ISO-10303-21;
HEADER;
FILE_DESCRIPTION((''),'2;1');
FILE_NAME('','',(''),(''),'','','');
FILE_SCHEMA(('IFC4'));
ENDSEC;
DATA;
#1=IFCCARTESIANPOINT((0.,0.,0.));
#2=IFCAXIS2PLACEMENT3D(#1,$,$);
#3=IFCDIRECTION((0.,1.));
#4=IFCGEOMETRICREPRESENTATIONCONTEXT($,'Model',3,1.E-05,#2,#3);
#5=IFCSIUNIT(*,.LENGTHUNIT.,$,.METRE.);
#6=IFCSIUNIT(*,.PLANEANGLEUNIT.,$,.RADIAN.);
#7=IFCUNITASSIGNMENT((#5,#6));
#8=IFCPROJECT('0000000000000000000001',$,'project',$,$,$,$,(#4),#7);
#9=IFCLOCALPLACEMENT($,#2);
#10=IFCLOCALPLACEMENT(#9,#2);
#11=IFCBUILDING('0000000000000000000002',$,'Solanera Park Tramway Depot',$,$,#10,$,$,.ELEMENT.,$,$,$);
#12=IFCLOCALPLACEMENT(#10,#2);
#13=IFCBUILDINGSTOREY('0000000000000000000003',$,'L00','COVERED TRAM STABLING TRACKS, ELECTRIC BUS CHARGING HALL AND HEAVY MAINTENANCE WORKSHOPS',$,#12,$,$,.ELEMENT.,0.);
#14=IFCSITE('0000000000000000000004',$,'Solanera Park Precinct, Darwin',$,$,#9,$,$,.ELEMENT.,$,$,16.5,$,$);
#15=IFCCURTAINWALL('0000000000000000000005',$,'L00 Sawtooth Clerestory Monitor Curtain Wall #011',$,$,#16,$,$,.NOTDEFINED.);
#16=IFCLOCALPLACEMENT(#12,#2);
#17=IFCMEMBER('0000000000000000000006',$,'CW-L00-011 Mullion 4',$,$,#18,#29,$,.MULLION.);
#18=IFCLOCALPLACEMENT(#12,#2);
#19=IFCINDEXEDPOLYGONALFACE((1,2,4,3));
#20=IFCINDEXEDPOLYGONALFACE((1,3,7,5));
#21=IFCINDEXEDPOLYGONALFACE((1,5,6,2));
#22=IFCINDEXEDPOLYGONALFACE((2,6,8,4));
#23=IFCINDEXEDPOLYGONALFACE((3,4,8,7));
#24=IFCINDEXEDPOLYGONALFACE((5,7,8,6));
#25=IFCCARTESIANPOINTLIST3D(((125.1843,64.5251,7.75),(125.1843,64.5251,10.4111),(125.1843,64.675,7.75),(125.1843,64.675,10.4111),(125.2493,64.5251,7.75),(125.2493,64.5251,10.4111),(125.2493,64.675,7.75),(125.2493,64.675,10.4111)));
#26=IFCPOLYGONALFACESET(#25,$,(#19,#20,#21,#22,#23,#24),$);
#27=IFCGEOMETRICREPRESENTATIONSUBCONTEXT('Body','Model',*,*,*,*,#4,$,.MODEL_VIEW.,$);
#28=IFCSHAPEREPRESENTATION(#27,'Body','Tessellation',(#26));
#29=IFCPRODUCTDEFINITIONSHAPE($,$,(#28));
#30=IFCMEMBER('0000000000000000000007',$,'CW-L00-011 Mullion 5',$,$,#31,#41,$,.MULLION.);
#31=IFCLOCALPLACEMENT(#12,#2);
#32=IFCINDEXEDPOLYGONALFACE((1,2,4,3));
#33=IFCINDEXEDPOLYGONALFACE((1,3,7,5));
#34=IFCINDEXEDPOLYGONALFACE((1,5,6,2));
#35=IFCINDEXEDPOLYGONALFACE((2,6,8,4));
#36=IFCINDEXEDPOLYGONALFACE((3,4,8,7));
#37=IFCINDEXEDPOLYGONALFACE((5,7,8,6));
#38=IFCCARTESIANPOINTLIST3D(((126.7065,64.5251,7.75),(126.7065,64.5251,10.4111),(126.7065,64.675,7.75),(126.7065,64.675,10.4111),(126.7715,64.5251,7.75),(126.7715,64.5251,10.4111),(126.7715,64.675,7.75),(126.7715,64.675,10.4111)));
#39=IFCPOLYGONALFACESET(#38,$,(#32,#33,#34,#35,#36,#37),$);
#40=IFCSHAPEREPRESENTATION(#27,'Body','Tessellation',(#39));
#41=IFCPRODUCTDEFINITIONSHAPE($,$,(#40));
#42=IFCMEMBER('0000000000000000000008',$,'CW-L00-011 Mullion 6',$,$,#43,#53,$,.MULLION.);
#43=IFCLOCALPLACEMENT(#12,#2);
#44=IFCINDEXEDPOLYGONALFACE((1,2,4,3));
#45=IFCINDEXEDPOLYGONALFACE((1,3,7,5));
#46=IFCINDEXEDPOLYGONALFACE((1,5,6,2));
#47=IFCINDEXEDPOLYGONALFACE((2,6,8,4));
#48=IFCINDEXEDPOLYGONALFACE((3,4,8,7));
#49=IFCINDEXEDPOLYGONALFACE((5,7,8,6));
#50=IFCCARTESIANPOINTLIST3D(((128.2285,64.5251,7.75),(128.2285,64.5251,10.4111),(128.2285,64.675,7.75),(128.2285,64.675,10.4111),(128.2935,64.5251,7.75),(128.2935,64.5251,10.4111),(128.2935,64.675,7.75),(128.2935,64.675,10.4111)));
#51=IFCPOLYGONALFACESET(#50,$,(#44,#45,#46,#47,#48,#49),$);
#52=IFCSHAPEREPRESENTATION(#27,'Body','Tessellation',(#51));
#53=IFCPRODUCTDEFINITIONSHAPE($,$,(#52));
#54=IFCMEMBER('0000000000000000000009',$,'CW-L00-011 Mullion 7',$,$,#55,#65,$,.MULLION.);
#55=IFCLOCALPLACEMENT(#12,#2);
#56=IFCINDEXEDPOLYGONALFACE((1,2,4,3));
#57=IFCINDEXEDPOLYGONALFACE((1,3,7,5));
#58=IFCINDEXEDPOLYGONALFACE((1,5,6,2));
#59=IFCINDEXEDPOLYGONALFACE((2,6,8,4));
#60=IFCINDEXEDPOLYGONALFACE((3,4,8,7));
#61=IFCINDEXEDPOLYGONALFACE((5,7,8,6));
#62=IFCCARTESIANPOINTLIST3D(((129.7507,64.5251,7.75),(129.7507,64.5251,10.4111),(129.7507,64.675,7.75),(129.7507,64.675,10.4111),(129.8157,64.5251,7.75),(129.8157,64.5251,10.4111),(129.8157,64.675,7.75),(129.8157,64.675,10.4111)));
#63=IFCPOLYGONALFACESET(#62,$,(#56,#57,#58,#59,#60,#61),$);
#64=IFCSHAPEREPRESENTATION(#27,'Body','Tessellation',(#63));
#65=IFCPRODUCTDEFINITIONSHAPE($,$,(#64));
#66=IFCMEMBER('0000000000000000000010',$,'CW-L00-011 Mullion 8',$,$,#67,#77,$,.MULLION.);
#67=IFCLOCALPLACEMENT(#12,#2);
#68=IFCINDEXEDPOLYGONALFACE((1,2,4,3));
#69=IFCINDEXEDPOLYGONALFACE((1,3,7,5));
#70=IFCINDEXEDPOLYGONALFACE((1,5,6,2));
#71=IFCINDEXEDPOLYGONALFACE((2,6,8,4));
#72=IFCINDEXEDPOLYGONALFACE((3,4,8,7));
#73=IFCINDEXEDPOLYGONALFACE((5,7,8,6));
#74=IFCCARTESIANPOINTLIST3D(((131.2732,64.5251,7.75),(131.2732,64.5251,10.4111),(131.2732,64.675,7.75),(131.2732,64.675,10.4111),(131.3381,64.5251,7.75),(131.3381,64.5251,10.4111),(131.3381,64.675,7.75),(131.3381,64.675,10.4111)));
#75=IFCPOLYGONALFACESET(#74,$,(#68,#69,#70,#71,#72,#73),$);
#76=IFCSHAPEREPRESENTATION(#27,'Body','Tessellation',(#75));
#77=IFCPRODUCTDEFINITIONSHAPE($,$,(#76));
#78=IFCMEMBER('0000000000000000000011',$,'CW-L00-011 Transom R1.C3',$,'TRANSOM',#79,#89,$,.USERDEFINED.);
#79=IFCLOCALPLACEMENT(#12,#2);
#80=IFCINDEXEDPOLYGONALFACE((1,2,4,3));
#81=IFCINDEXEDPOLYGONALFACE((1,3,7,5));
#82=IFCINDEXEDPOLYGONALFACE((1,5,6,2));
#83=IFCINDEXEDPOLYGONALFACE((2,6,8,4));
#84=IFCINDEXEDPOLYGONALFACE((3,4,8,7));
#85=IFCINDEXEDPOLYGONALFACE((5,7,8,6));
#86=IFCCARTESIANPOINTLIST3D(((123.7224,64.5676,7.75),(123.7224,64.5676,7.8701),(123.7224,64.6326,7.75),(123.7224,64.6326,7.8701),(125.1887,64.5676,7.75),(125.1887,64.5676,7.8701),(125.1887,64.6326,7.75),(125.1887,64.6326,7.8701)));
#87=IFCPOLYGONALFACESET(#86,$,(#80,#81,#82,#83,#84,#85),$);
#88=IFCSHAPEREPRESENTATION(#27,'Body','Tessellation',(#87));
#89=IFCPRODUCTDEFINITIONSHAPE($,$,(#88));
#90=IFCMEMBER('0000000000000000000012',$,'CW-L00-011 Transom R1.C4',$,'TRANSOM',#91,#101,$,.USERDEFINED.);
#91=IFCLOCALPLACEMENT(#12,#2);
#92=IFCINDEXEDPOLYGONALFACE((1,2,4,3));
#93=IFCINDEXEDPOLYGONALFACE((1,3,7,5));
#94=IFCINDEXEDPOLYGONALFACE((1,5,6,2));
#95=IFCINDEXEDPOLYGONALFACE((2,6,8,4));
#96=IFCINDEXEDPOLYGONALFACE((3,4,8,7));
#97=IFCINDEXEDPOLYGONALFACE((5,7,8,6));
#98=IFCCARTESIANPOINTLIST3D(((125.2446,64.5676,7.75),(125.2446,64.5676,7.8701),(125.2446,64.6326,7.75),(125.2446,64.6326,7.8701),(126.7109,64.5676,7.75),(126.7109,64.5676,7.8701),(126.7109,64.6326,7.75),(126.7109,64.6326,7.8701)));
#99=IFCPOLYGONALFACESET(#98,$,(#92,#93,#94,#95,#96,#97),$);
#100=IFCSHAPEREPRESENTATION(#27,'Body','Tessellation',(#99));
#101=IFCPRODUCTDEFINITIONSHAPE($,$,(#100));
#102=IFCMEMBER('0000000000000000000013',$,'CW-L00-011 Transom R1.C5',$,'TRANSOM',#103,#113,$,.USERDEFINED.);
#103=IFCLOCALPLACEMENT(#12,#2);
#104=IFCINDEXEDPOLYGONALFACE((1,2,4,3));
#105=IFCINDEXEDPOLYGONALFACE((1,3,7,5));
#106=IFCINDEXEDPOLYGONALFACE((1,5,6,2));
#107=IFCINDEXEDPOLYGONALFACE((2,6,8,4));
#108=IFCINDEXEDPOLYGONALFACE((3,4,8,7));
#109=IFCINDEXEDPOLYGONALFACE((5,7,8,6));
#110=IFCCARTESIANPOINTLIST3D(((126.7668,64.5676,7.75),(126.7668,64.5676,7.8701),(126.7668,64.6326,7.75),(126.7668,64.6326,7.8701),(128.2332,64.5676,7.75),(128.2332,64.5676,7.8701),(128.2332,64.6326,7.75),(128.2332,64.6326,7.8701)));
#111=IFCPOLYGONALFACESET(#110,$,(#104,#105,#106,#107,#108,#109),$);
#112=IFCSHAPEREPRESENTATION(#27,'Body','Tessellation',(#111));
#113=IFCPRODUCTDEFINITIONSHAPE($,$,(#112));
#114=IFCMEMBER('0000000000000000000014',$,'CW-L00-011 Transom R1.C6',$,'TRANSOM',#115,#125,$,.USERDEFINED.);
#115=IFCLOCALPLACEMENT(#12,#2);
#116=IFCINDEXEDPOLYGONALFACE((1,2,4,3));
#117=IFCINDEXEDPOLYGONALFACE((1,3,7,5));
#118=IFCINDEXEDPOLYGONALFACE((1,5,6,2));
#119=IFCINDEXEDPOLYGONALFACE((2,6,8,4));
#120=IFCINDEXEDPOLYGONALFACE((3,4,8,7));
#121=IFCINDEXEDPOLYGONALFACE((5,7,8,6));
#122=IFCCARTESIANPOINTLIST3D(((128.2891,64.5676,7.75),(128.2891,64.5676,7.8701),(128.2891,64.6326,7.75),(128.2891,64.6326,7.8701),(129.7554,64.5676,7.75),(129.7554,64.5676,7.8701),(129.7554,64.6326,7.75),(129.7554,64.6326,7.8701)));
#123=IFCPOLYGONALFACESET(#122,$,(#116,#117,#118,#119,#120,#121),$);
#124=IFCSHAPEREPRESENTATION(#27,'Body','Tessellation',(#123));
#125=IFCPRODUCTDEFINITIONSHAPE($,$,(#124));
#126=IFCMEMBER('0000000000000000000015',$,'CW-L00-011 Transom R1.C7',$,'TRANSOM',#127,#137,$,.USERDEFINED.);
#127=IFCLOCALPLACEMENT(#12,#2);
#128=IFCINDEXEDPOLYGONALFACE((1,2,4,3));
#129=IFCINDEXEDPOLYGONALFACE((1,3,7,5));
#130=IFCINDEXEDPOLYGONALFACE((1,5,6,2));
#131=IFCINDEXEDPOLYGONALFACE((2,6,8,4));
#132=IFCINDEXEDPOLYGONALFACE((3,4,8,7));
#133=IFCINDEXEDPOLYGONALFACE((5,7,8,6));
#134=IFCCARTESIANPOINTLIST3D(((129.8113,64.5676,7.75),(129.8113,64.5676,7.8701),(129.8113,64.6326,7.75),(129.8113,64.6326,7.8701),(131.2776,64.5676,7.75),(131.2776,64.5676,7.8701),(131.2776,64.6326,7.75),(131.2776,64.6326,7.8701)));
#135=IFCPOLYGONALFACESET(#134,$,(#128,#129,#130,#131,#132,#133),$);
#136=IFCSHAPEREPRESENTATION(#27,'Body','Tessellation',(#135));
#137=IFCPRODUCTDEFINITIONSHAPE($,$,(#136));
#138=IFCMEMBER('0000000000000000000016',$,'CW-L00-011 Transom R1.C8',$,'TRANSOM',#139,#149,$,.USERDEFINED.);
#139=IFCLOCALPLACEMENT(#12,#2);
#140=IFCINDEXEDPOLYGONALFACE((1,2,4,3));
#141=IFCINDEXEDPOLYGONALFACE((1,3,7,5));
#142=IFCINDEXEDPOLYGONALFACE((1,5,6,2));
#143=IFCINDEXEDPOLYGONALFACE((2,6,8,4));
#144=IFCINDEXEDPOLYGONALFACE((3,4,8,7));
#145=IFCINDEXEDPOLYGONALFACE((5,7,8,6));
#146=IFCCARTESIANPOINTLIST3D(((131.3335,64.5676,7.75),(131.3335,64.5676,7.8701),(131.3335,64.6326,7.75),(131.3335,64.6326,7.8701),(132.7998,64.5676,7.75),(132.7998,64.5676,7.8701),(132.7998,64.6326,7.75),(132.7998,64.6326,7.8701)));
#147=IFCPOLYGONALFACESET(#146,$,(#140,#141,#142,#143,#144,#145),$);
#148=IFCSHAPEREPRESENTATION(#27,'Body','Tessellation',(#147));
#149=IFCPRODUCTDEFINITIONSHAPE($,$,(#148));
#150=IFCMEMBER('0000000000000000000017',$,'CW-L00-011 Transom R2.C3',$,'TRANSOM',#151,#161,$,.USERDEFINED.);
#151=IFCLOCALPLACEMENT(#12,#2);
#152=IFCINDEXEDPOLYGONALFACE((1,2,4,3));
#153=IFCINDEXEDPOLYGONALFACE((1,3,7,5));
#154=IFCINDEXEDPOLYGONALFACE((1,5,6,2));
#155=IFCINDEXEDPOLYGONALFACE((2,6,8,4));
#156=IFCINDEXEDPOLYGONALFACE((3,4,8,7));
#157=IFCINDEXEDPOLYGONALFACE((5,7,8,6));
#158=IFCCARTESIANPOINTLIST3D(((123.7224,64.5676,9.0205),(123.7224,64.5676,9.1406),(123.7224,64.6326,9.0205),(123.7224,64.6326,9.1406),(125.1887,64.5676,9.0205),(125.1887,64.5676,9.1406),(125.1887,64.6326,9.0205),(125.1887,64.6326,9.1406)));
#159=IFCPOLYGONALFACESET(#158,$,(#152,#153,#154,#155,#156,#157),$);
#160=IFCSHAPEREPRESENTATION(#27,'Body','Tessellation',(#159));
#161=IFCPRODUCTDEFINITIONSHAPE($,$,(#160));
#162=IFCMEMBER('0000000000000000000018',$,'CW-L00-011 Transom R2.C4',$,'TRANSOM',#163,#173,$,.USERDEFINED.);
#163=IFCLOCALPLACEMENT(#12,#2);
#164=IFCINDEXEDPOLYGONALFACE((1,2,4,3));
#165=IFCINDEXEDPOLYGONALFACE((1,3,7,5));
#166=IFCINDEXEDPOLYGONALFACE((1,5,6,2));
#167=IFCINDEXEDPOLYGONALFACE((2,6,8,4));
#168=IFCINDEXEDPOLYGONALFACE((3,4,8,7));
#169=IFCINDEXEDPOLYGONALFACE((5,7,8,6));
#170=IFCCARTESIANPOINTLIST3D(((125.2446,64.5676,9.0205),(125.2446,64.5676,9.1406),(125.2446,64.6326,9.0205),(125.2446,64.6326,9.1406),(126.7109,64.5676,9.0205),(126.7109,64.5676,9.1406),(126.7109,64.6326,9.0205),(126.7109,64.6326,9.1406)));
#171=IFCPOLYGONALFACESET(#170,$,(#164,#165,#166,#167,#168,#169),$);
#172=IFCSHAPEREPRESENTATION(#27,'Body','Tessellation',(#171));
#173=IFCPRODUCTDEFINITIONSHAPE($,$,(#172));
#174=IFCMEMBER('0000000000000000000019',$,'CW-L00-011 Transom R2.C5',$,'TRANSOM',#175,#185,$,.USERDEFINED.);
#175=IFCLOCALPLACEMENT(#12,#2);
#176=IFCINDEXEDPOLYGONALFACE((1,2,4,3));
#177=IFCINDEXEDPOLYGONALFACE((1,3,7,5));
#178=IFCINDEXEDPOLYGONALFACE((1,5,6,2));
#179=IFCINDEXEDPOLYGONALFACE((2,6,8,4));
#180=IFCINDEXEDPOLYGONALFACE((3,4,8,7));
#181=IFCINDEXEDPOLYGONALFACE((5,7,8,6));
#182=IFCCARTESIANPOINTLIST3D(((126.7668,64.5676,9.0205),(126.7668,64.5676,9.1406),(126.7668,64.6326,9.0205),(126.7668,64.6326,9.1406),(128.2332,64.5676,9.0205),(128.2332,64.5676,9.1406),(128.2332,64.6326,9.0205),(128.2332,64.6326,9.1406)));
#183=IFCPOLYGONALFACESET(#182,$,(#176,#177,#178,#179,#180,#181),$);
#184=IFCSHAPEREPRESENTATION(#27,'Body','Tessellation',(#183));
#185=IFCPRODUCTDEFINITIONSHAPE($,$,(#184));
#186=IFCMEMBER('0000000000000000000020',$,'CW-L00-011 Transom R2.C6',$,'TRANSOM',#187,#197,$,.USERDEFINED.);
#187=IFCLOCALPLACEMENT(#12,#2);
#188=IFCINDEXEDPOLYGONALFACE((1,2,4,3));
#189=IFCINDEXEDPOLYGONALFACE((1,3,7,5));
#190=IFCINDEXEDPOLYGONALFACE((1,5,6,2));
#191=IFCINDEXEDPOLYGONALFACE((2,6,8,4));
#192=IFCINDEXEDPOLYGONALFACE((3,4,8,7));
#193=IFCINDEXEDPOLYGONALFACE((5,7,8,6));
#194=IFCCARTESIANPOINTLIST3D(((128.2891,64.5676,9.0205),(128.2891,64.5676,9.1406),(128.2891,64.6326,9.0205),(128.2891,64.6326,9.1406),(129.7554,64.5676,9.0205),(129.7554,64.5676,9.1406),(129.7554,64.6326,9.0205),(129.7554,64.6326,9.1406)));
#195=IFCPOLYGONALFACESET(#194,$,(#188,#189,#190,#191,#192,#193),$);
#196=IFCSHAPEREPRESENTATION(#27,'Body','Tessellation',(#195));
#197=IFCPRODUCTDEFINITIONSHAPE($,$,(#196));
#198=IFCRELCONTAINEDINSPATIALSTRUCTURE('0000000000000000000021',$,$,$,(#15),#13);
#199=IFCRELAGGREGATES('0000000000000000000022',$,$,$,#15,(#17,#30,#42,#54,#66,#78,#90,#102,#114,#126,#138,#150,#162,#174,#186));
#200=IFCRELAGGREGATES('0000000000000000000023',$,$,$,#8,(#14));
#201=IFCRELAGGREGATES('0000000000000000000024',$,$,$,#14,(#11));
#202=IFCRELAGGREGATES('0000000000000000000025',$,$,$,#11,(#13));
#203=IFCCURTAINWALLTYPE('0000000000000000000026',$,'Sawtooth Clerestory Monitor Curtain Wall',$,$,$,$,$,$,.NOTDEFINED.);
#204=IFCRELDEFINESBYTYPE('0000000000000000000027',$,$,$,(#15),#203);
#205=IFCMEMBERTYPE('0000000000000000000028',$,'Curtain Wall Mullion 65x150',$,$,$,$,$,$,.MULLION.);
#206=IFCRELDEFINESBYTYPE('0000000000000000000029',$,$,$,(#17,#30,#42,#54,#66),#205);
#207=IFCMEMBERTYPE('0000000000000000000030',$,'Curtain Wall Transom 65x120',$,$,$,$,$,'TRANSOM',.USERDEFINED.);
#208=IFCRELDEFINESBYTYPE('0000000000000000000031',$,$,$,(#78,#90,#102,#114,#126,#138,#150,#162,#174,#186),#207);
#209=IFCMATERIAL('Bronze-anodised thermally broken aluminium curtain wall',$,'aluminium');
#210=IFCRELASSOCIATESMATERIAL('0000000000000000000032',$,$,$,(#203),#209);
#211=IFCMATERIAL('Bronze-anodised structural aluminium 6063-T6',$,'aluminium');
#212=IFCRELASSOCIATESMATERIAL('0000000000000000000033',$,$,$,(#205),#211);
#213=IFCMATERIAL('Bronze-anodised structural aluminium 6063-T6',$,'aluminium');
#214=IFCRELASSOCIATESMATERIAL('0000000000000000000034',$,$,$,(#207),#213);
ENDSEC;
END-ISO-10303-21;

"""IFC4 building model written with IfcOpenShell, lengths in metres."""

from ifc_helpers import new_model, si_unit, direction, frame, origin, origin_2d, place, context, subcontext, project, spatial, rectangle, extrude, material, material_profile, profile_set, type_object, element, aggregate, save


model = new_model("IFC4")

# Units and contexts
model_context = context("Model", 3, precision=1e-05, world=origin(), true_north=direction((0.0, 1.0)))
body_context = subcontext(model_context, "Body", "Model", "MODEL_VIEW")
ifc_project = project(units=[si_unit("LENGTHUNIT", "METRE"), si_unit("PLANEANGLEUNIT", "RADIAN")], contexts=[model_context])

# Site, building, storey
site_placement = place(None, origin())
site = spatial("IfcSite", under=ifc_project, at=site_placement, Name="Solanera Park Precinct, Darwin", CompositionType="ELEMENT", RefElevation=16.5)
building_placement = place(site_placement, origin())
building = spatial("IfcBuilding", under=site, at=building_placement, Name="Solanera Park Tramway Depot", CompositionType="ELEMENT")
storey_placement = place(building_placement, origin())
storey = spatial("IfcBuildingStorey", under=building, at=storey_placement, Name="L00", Description="COVERED TRAM STABLING TRACKS, ELECTRIC BUS CHARGING HALL AND HEAVY MAINTENANCE WORKSHOPS", CompositionType="ELEMENT", Elevation=0.0)

# Curtain wall, members
ifc_material_1 = material(Name="Bronze-anodised thermally broken aluminium curtain wall", Category="aluminium")
curtain_wall_type = type_object("IfcCurtainWallType", Name="Sawtooth Clerestory Monitor Curtain Wall", PredefinedType="NOTDEFINED", material=ifc_material_1)
curtain_wall_placement = place(storey_placement, origin())
curtain_wall = element("IfcCurtainWall", 1, at=curtain_wall_placement, inside=storey, type_object=curtain_wall_type, Name="L00 Sawtooth Clerestory Monitor Curtain Wall #011", PredefinedType="NOTDEFINED")
ifc_material_2 = material(Name="Bronze-anodised structural aluminium 6063-T6", Category="aluminium")
ifc_material_profile_1 = material_profile(ifc_material_2, rectangle(XDim=0.0649, YDim=0.1499, at=origin_2d()), Name="Curtain Wall Mullion 65x150")
ifc_profile_set_1 = profile_set([ifc_material_profile_1], Name="Bronze-anodised structural aluminium 6063-T6")
member_type_1 = type_object("IfcMemberType", Name="Curtain Wall Mullion 65x150", PredefinedType="MULLION", material=ifc_profile_set_1)
member_1_placement = place(storey_placement, frame((125.2168, 64.6001, 7.75), z_axis=(0.0, 0.0, 1.0), x_axis=(1.0, 0.0, 0.0)))
member_1 = element("IfcMember", 2, at=member_1_placement, type_object=member_type_1, Name="CW-L00-011 Mullion 4", PredefinedType="MULLION", context=body_context, shape_type="SweptSolid", body=[
    extrude(rectangle(XDim=0.0649, YDim=0.1499, at=origin_2d()), origin(), (0.0, 0.0, 1.0), 2.6611),
])
member_2_placement = place(storey_placement, frame((126.739, 64.6001, 7.75), z_axis=(0.0, 0.0, 1.0), x_axis=(1.0, 0.0, 0.0)))
member_2 = element("IfcMember", 3, at=member_2_placement, type_object=member_type_1, Name="CW-L00-011 Mullion 5", PredefinedType="MULLION", context=body_context, shape_type="SweptSolid", body=[
    extrude(rectangle(XDim=0.0649, YDim=0.1499, at=origin_2d()), origin(), (0.0, 0.0, 1.0), 2.6611),
])
member_3_placement = place(storey_placement, frame((128.261, 64.6001, 7.75), z_axis=(0.0, 0.0, 1.0), x_axis=(1.0, 0.0, 0.0)))
member_3 = element("IfcMember", 4, at=member_3_placement, type_object=member_type_1, Name="CW-L00-011 Mullion 6", PredefinedType="MULLION", context=body_context, shape_type="SweptSolid", body=[
    extrude(rectangle(XDim=0.0649, YDim=0.1499, at=origin_2d()), origin(), (0.0, 0.0, 1.0), 2.6611),
])
member_4_placement = place(storey_placement, frame((129.7832, 64.6001, 7.75), z_axis=(0.0, 0.0, 1.0), x_axis=(1.0, 0.0, 0.0)))
member_4 = element("IfcMember", 5, at=member_4_placement, type_object=member_type_1, Name="CW-L00-011 Mullion 7", PredefinedType="MULLION", context=body_context, shape_type="SweptSolid", body=[
    extrude(rectangle(XDim=0.0649, YDim=0.1499, at=origin_2d()), origin(), (0.0, 0.0, 1.0), 2.6611),
])
member_5_placement = place(storey_placement, frame((131.3057, 64.6001, 7.75), z_axis=(0.0, 0.0, 1.0), x_axis=(1.0, 0.0, 0.0)))
member_5 = element("IfcMember", 6, at=member_5_placement, type_object=member_type_1, Name="CW-L00-011 Mullion 8", PredefinedType="MULLION", context=body_context, shape_type="SweptSolid", body=[
    extrude(rectangle(XDim=0.0649, YDim=0.1499, at=origin_2d()), origin(), (0.0, 0.0, 1.0), 2.6611),
])
ifc_material_3 = material(Name="Bronze-anodised structural aluminium 6063-T6", Category="aluminium")
ifc_material_profile_2 = material_profile(ifc_material_3, rectangle(XDim=0.0649, YDim=0.1201, at=origin_2d()), Name="Curtain Wall Transom 65x120")
ifc_profile_set_2 = profile_set([ifc_material_profile_2], Name="Bronze-anodised structural aluminium 6063-T6")
member_type_2 = type_object("IfcMemberType", Name="Curtain Wall Transom 65x120", ElementType="TRANSOM", PredefinedType="USERDEFINED", material=ifc_profile_set_2)
member_6_placement = place(storey_placement, frame((123.7224, 64.6001, 7.8101), z_axis=(1.0, 0.0, 0.0), x_axis=(0.0, 1.0, 0.0)))
member_6 = element("IfcMember", 7, at=member_6_placement, type_object=member_type_2, Name="CW-L00-011 Transom R1.C3", ObjectType="TRANSOM", PredefinedType="USERDEFINED", context=body_context, shape_type="SweptSolid", body=[
    extrude(rectangle(XDim=0.0649, YDim=0.1201, at=origin_2d()), origin(), (0.0, 0.0, 1.0), 1.4663),
])
member_7_placement = place(storey_placement, frame((125.2446, 64.6001, 7.8101), z_axis=(1.0, 0.0, 0.0), x_axis=(0.0, 1.0, 0.0)))
member_7 = element("IfcMember", 8, at=member_7_placement, type_object=member_type_2, Name="CW-L00-011 Transom R1.C4", ObjectType="TRANSOM", PredefinedType="USERDEFINED", context=body_context, shape_type="SweptSolid", body=[
    extrude(rectangle(XDim=0.0649, YDim=0.1201, at=origin_2d()), origin(), (0.0, 0.0, 1.0), 1.4663),
])
member_8_placement = place(storey_placement, frame((126.7668, 64.6001, 7.8101), z_axis=(1.0, 0.0, 0.0), x_axis=(0.0, 1.0, 0.0)))
member_8 = element("IfcMember", 9, at=member_8_placement, type_object=member_type_2, Name="CW-L00-011 Transom R1.C5", ObjectType="TRANSOM", PredefinedType="USERDEFINED", context=body_context, shape_type="SweptSolid", body=[
    extrude(rectangle(XDim=0.0649, YDim=0.1201, at=origin_2d()), origin(), (0.0, 0.0, 1.0), 1.4663),
])
member_9_placement = place(storey_placement, frame((128.2891, 64.6001, 7.8101), z_axis=(1.0, 0.0, 0.0), x_axis=(0.0, 1.0, 0.0)))
member_9 = element("IfcMember", 10, at=member_9_placement, type_object=member_type_2, Name="CW-L00-011 Transom R1.C6", ObjectType="TRANSOM", PredefinedType="USERDEFINED", context=body_context, shape_type="SweptSolid", body=[
    extrude(rectangle(XDim=0.0649, YDim=0.1201, at=origin_2d()), origin(), (0.0, 0.0, 1.0), 1.4663),
])
member_10_placement = place(storey_placement, frame((129.8113, 64.6001, 7.8101), z_axis=(1.0, 0.0, 0.0), x_axis=(0.0, 1.0, 0.0)))
member_10 = element("IfcMember", 11, at=member_10_placement, type_object=member_type_2, Name="CW-L00-011 Transom R1.C7", ObjectType="TRANSOM", PredefinedType="USERDEFINED", context=body_context, shape_type="SweptSolid", body=[
    extrude(rectangle(XDim=0.0649, YDim=0.1201, at=origin_2d()), origin(), (0.0, 0.0, 1.0), 1.4663),
])
member_11_placement = place(storey_placement, frame((131.3335, 64.6001, 7.8101), z_axis=(1.0, 0.0, 0.0), x_axis=(0.0, 1.0, 0.0)))
member_11 = element("IfcMember", 12, at=member_11_placement, type_object=member_type_2, Name="CW-L00-011 Transom R1.C8", ObjectType="TRANSOM", PredefinedType="USERDEFINED", context=body_context, shape_type="SweptSolid", body=[
    extrude(rectangle(XDim=0.0649, YDim=0.1201, at=origin_2d()), origin(), (0.0, 0.0, 1.0), 1.4663),
])
member_12_placement = place(storey_placement, frame((123.7224, 64.6001, 9.0806), z_axis=(1.0, 0.0, 0.0), x_axis=(0.0, 1.0, 0.0)))
member_12 = element("IfcMember", 13, at=member_12_placement, type_object=member_type_2, Name="CW-L00-011 Transom R2.C3", ObjectType="TRANSOM", PredefinedType="USERDEFINED", context=body_context, shape_type="SweptSolid", body=[
    extrude(rectangle(XDim=0.0649, YDim=0.1201, at=origin_2d()), origin(), (0.0, 0.0, 1.0), 1.4663),
])
member_13_placement = place(storey_placement, frame((125.2446, 64.6001, 9.0806), z_axis=(1.0, 0.0, 0.0), x_axis=(0.0, 1.0, 0.0)))
member_13 = element("IfcMember", 14, at=member_13_placement, type_object=member_type_2, Name="CW-L00-011 Transom R2.C4", ObjectType="TRANSOM", PredefinedType="USERDEFINED", context=body_context, shape_type="SweptSolid", body=[
    extrude(rectangle(XDim=0.0649, YDim=0.1201, at=origin_2d()), origin(), (0.0, 0.0, 1.0), 1.4663),
])
member_14_placement = place(storey_placement, frame((126.7668, 64.6001, 9.0806), z_axis=(1.0, 0.0, 0.0), x_axis=(0.0, 1.0, 0.0)))
member_14 = element("IfcMember", 15, at=member_14_placement, type_object=member_type_2, Name="CW-L00-011 Transom R2.C5", ObjectType="TRANSOM", PredefinedType="USERDEFINED", context=body_context, shape_type="SweptSolid", body=[
    extrude(rectangle(XDim=0.0649, YDim=0.1201, at=origin_2d()), origin(), (0.0, 0.0, 1.0), 1.4663),
])
member_15_placement = place(storey_placement, frame((128.2891, 64.6001, 9.0806), z_axis=(1.0, 0.0, 0.0), x_axis=(0.0, 1.0, 0.0)))
member_15 = element("IfcMember", 16, at=member_15_placement, type_object=member_type_2, Name="CW-L00-011 Transom R2.C6", ObjectType="TRANSOM", PredefinedType="USERDEFINED", context=body_context, shape_type="SweptSolid", body=[
    extrude(rectangle(XDim=0.0649, YDim=0.1201, at=origin_2d()), origin(), (0.0, 0.0, 1.0), 1.4663),
])
aggregate(curtain_wall, [member_1, member_2, member_3, member_4, member_5, member_6, member_7, member_8, member_9, member_10, member_11, member_12, member_13, member_14, member_15])

save(model, "model.ifc")
